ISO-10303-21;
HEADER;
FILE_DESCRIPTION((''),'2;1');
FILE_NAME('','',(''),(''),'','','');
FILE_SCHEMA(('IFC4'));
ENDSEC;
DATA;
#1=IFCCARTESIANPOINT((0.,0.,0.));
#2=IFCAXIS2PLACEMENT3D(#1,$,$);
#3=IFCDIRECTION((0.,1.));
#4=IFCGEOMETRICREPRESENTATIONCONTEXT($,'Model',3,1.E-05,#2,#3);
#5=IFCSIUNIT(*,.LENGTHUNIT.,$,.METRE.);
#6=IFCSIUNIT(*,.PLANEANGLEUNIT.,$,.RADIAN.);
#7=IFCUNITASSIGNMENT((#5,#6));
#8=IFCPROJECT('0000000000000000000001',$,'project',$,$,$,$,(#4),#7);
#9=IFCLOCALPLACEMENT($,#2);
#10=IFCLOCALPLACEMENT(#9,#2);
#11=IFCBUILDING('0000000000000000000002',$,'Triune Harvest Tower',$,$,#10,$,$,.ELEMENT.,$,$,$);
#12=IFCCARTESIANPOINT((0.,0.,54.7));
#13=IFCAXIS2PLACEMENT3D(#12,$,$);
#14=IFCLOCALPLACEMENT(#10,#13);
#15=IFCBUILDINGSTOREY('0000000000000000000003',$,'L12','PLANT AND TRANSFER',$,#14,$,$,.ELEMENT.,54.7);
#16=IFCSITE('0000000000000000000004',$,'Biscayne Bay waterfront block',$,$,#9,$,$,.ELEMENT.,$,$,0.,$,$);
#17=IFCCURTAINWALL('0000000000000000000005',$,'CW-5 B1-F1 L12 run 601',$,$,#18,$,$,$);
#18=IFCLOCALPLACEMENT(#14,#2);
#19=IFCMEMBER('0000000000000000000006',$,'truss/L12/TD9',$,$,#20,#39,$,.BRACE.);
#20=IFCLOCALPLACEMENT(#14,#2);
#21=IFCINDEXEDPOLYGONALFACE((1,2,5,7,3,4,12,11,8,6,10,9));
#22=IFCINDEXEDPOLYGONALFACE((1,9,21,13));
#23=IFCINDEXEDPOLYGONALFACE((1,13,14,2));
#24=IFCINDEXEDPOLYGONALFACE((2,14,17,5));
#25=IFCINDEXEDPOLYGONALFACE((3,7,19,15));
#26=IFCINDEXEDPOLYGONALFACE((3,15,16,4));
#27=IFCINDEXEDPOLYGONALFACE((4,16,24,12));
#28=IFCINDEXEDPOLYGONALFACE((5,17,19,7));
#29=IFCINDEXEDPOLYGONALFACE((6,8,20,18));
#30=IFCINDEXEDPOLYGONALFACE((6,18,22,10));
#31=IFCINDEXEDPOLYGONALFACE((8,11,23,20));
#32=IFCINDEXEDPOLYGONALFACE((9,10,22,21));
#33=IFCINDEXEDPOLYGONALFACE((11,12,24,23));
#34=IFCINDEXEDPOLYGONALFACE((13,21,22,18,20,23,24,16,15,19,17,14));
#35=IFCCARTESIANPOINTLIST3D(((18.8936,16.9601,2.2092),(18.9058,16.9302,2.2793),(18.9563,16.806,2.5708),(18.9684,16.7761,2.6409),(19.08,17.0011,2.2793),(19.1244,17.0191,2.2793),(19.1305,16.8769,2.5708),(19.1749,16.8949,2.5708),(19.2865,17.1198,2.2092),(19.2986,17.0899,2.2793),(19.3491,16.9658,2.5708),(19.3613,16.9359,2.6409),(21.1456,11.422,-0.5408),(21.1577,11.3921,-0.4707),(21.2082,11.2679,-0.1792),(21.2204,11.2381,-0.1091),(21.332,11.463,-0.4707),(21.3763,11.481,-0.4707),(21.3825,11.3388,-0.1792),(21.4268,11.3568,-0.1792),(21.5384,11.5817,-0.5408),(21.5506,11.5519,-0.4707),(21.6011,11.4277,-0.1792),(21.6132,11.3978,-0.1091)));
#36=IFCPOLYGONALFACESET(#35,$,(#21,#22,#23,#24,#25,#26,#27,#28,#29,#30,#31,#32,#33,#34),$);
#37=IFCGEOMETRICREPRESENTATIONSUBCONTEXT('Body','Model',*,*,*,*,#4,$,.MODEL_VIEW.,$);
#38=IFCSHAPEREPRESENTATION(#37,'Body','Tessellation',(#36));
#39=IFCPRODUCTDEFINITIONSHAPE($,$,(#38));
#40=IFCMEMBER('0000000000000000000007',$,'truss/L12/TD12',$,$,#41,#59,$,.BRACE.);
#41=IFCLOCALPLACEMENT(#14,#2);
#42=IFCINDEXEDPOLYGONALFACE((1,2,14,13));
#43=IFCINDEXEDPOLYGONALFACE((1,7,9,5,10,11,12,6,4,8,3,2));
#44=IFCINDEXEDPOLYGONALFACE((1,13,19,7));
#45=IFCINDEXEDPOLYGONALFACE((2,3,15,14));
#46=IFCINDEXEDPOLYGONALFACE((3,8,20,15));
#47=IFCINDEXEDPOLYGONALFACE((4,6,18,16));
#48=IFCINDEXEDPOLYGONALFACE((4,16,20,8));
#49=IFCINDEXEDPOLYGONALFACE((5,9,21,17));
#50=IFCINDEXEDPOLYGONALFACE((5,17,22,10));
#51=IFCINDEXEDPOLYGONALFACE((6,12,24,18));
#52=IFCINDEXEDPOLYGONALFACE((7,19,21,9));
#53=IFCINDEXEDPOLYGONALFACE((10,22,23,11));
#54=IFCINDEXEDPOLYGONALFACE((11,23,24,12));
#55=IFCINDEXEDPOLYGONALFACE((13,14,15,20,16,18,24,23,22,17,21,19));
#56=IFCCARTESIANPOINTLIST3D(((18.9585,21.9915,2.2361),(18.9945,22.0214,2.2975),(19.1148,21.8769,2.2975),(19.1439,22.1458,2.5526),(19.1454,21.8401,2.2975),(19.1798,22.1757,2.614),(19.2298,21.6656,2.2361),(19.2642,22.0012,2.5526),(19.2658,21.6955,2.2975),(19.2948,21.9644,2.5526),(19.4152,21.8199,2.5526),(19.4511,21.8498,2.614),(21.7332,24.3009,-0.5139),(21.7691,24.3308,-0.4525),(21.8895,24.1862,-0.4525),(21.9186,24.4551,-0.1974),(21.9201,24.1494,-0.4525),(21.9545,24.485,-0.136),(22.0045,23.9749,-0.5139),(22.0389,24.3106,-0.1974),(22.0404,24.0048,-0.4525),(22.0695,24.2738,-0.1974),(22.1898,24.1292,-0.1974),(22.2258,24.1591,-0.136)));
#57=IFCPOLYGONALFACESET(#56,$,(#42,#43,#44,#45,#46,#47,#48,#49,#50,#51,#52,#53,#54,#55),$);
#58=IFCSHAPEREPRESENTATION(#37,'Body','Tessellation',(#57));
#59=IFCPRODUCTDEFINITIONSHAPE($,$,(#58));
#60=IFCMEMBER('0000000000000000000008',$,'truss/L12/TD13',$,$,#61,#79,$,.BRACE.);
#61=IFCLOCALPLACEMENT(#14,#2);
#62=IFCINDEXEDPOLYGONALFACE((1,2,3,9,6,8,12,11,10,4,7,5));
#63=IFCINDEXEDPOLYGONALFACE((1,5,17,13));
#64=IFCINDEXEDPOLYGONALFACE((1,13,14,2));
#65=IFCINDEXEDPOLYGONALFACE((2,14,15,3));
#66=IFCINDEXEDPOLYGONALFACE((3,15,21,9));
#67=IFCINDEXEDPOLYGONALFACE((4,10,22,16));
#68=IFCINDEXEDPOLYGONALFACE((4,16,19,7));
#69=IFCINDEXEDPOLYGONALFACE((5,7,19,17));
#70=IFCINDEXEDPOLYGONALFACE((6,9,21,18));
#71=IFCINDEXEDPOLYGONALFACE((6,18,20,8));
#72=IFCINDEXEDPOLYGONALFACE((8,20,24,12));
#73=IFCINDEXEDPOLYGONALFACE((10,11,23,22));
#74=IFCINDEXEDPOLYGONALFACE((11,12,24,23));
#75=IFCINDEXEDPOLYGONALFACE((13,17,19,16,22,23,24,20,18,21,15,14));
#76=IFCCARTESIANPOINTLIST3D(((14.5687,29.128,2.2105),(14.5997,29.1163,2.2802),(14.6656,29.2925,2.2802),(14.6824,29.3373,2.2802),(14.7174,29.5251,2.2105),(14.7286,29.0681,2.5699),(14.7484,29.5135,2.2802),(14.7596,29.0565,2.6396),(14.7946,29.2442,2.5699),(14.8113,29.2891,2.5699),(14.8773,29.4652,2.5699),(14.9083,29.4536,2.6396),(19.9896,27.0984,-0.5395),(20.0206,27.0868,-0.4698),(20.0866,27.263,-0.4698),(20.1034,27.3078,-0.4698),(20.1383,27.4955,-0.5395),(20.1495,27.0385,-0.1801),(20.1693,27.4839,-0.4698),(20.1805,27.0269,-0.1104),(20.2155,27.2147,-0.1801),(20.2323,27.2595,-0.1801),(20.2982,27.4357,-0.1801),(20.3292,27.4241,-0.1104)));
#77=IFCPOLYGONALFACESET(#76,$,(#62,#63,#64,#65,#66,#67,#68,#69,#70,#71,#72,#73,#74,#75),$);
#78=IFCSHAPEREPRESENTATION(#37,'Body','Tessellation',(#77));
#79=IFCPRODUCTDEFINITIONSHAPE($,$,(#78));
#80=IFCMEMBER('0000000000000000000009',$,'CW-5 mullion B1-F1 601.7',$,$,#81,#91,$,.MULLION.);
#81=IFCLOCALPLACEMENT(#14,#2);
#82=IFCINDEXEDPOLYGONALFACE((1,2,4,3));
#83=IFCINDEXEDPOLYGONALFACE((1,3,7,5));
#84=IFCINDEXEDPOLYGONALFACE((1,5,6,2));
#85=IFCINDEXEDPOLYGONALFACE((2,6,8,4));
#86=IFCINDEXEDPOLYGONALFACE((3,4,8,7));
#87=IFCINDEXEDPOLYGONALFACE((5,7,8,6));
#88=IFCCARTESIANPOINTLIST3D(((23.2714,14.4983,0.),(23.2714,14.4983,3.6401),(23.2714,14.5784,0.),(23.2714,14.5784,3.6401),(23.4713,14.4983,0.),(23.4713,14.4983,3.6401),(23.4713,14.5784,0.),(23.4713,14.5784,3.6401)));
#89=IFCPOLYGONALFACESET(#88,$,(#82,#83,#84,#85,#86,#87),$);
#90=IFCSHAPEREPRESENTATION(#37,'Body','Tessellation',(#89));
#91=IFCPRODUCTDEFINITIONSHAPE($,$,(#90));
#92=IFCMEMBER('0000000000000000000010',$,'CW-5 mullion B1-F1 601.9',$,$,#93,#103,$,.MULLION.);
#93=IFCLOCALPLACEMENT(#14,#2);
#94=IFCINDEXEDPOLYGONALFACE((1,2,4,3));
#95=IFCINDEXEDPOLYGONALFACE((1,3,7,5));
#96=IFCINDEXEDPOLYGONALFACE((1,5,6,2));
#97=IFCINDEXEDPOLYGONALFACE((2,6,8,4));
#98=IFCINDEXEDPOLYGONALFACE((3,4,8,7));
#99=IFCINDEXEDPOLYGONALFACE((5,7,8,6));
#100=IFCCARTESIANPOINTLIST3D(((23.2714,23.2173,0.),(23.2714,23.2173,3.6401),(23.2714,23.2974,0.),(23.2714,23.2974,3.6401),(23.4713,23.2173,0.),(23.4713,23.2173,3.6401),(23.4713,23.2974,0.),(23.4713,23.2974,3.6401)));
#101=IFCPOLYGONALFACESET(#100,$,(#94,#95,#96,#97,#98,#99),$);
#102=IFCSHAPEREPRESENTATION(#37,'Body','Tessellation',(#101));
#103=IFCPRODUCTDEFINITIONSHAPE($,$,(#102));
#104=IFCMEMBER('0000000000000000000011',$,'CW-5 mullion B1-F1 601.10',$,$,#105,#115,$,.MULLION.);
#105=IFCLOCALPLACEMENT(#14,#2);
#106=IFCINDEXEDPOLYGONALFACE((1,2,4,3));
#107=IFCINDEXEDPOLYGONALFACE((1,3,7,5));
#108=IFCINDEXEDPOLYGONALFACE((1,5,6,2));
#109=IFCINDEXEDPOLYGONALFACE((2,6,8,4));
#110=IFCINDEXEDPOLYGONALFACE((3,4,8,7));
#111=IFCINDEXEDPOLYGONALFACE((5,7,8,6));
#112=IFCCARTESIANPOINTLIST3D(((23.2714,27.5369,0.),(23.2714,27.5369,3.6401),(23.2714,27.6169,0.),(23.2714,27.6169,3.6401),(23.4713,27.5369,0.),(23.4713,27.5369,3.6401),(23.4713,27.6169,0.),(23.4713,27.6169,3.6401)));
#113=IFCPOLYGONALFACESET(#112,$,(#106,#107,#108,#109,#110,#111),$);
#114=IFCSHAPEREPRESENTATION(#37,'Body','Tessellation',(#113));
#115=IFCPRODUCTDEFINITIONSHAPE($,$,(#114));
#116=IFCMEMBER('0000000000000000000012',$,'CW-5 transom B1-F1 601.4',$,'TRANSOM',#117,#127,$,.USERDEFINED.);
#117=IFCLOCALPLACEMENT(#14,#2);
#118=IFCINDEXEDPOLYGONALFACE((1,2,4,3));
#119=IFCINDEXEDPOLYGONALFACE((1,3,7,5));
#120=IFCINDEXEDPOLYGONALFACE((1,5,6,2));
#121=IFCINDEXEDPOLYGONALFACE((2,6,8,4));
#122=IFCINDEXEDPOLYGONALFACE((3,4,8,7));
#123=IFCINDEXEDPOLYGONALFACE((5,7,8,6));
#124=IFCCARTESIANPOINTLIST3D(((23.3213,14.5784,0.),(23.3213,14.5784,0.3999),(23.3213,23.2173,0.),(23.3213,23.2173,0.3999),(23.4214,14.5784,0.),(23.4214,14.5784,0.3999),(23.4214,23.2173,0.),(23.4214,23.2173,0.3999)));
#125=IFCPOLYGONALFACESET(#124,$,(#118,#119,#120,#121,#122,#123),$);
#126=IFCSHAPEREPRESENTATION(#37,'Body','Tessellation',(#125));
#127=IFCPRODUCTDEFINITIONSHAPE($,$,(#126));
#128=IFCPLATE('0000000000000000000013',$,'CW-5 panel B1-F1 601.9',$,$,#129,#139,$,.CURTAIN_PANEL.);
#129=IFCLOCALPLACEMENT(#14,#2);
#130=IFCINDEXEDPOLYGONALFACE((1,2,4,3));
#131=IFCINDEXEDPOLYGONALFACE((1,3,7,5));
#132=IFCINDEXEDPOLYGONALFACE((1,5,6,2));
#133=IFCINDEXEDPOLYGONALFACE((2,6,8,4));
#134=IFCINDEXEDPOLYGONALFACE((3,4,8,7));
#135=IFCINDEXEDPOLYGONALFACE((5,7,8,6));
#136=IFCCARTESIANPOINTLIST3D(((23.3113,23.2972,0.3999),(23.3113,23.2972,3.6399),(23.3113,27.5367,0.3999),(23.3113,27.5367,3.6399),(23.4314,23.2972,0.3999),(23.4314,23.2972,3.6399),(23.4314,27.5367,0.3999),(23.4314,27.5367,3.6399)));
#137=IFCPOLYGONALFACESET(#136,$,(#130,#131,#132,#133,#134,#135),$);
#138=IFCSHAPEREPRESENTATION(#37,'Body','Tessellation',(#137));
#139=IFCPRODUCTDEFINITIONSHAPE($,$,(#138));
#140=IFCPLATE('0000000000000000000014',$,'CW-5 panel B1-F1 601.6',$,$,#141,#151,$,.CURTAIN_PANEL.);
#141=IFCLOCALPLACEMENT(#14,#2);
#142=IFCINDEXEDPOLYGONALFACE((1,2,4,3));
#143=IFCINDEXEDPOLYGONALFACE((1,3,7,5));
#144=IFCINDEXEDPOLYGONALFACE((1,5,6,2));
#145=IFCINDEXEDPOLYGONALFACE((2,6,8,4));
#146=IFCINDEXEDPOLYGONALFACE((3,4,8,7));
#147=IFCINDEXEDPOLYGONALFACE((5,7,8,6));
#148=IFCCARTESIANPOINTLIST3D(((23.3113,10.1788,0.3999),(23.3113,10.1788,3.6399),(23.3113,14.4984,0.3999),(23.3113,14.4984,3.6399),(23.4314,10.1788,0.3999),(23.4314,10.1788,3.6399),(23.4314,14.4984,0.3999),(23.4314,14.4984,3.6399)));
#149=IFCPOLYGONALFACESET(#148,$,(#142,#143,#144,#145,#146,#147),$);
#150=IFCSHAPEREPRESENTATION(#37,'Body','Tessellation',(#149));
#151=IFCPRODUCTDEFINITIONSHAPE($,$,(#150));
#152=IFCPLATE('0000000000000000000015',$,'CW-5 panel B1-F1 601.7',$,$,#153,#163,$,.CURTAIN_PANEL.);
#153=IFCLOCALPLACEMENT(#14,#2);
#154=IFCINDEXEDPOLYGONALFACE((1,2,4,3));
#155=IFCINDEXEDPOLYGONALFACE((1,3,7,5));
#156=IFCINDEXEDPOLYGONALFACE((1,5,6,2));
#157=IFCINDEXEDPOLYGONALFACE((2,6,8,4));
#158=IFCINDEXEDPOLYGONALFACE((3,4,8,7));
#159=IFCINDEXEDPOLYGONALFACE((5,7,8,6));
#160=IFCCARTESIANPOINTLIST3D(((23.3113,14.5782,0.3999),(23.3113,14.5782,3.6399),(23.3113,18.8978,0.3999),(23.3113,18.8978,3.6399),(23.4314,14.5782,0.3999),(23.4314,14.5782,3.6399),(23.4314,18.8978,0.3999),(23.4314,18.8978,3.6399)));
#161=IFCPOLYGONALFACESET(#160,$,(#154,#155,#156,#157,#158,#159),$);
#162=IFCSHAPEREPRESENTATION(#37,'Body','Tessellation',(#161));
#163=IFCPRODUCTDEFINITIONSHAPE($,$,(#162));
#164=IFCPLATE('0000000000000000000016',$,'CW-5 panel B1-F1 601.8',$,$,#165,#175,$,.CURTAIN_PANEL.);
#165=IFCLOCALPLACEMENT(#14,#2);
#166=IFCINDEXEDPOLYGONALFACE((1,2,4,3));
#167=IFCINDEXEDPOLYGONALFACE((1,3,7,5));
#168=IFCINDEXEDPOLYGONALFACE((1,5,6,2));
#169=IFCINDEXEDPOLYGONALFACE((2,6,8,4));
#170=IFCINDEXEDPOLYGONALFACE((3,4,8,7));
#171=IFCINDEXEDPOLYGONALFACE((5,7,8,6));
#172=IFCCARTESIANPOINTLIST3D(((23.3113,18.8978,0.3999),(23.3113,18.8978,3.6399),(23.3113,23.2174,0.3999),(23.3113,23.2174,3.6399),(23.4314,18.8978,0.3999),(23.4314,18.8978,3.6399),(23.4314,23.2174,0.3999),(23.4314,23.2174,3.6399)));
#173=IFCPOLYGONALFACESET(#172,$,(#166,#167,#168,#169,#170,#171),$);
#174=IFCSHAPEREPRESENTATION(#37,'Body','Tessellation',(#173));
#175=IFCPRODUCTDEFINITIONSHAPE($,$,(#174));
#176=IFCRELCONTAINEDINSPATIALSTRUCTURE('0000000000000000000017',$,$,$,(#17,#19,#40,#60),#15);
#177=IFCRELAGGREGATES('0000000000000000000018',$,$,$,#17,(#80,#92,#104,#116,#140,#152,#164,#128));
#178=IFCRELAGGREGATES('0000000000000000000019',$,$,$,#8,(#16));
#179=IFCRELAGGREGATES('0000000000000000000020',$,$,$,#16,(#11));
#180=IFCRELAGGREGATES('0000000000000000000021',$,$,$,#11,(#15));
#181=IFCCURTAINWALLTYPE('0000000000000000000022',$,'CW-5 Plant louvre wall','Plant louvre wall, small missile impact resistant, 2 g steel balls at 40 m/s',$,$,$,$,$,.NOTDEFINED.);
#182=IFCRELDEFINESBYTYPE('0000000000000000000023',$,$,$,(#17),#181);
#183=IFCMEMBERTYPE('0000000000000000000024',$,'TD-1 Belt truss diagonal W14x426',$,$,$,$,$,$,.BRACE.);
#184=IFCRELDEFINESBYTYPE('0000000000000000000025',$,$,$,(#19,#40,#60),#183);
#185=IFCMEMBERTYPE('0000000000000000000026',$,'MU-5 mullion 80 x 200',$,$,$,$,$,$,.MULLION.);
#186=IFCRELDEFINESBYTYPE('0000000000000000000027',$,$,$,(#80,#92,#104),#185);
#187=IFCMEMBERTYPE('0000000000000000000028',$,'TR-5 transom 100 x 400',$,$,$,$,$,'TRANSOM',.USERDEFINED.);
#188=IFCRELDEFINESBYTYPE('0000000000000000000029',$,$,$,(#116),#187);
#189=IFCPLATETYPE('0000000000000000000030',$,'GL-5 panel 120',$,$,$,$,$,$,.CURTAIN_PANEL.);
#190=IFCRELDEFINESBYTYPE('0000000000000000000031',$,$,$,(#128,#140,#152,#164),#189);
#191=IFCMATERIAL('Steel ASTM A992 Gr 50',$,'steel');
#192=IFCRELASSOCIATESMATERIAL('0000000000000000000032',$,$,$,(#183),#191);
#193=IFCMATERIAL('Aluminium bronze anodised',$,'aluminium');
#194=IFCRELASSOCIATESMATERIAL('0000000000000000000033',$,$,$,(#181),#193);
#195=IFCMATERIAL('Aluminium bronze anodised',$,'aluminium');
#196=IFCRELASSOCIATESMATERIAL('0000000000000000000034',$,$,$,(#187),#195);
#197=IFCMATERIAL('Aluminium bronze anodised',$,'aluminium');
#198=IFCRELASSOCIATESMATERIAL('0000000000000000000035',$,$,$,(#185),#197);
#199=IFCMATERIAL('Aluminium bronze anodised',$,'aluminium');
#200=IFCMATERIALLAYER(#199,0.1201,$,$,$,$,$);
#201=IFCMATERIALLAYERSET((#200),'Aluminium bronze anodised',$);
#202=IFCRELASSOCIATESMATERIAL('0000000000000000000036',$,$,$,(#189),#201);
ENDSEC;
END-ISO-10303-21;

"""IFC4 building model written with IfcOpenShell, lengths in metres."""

from ifc_helpers import new_model, si_unit, direction, frame, origin, origin_2d, place, context, subcontext, project, spatial, rectangle, i_section, extrude, source, transform, mapped, material, layer, layer_set, material_profile, profile_set, type_object, element, aggregate, save


model = new_model("IFC4")

# Units and contexts
model_context = context("Model", 3, precision=1e-05, world=origin(), true_north=direction((0.0, 1.0)))
body_context = subcontext(model_context, "Body", "Model", "MODEL_VIEW")
ifc_project = project(units=[si_unit("LENGTHUNIT", "METRE"), si_unit("PLANEANGLEUNIT", "RADIAN")], contexts=[model_context])

# Site, building, storey
site_placement = place(None, origin())
site = spatial("IfcSite", under=ifc_project, at=site_placement, Name="Biscayne Bay waterfront block", CompositionType="ELEMENT", RefElevation=0.0)
building_placement = place(site_placement, origin())
building = spatial("IfcBuilding", under=site, at=building_placement, Name="Triune Harvest Tower", CompositionType="ELEMENT")
storey_placement = place(building_placement, frame((0.0, 0.0, 54.7)))
storey = spatial("IfcBuildingStorey", under=building, at=storey_placement, Name="L12", Description="PLANT AND TRANSFER", CompositionType="ELEMENT", Elevation=54.7)

# Shared definitions
ifc_material_1 = material(Name="Steel ASTM A992 Gr 50", Category="steel")
ifc_material_profile_1 = material_profile(ifc_material_1, i_section(OverallWidth=0.4241, OverallDepth=0.4751, WebThickness=0.0479, FlangeThickness=0.0771, at=origin_2d()), Name="W14x426")
ifc_profile_set_1 = profile_set([ifc_material_profile_1], Name="Steel ASTM A992 Gr 50")
member_type_1 = type_object("IfcMemberType", Name="TD-1 Belt truss diagonal W14x426", PredefinedType="BRACE", material=ifc_profile_set_1)

# Curtain wall
ifc_material_2 = material(Name="Aluminium bronze anodised", Category="aluminium")
curtain_wall_type = type_object("IfcCurtainWallType", Name="CW-5 Plant louvre wall", Description="Plant louvre wall, small missile impact resistant, 2 g steel balls at 40 m/s", PredefinedType="NOTDEFINED", material=ifc_material_2)
curtain_wall_placement = place(storey_placement, origin())
curtain_wall = element("IfcCurtainWall", 1, at=curtain_wall_placement, inside=storey, type_object=curtain_wall_type, Name="CW-5 B1-F1 L12 run 601")
ifc_material_3 = material(Name="Aluminium bronze anodised", Category="aluminium")
ifc_material_profile_2 = material_profile(ifc_material_3, rectangle(XDim=0.1001, YDim=0.3999, at=origin_2d()), Name="TR-5 transom 100 x 400")
ifc_profile_set_2 = profile_set([ifc_material_profile_2], Name="Aluminium bronze anodised")
member_type_2 = type_object("IfcMemberType", Name="TR-5 transom 100 x 400", ElementType="TRANSOM", PredefinedType="USERDEFINED", material=ifc_profile_set_2)

# Members
shared_shape_1 = source(origin(), body_context, "Body", "SweptSolid", [
    extrude(i_section(OverallWidth=0.4241, OverallDepth=0.4751, WebThickness=0.0479, FlangeThickness=0.0771, at=origin_2d()), origin(), (0.0, 0.0, 1.0), 6.5806),
])
member_1_placement = place(storey_placement, frame((21.3794, 11.4099, -0.325), z_axis=(-0.342211, 0.841579, 0.417896), x_axis=(-0.926344, -0.376679, 0.0)))
element("IfcMember", 2, at=member_1_placement, inside=storey, type_object=member_type_1, Name="truss/L12/TD9", PredefinedType="BRACE", context=body_context, shape_type="MappedRepresentation", body=[
    mapped(shared_shape_1, transform((0.0, 0.0, 0.0), scale=1.0)),
])
shared_shape_2 = source(origin(), body_context, "Body", "SweptSolid", [
    extrude(i_section(OverallWidth=0.4241, OverallDepth=0.4751, WebThickness=0.0479, FlangeThickness=0.0771, at=origin_2d()), origin(), (0.0, 0.0, 1.0), 4.5381),
])
member_2_placement = place(storey_placement, frame((21.9795, 24.23, -0.325), z_axis=(-0.611416, -0.508877, 0.605982), x_axis=(0.639712, -0.768615, 0.0)))
element("IfcMember", 3, at=member_2_placement, inside=storey, type_object=member_type_1, Name="truss/L12/TD12", PredefinedType="BRACE", context=body_context, shape_type="MappedRepresentation", body=[
    mapped(shared_shape_2, transform((0.0, 0.0, 0.0), scale=1.0)),
])
shared_shape_3 = source(origin(), body_context, "Body", "SweptSolid", [
    extrude(i_section(OverallWidth=0.4241, OverallDepth=0.4751, WebThickness=0.0479, FlangeThickness=0.0771, at=origin_2d()), origin(), (0.0, 0.0, 1.0), 6.4084),
])
member_3_placement = place(storey_placement, frame((20.1594, 27.2612, -0.325), z_axis=(-0.845904, 0.3167, 0.429124), x_axis=(-0.350624, -0.936516, 0.0)))
element("IfcMember", 4, at=member_3_placement, inside=storey, type_object=member_type_1, Name="truss/L12/TD13", PredefinedType="BRACE", context=body_context, shape_type="MappedRepresentation", body=[
    mapped(shared_shape_3, transform((0.0, 0.0, 0.0), scale=1.0)),
])

# Members
ifc_material_4 = material(Name="Aluminium bronze anodised", Category="aluminium")
ifc_material_profile_3 = material_profile(ifc_material_4, rectangle(XDim=0.2, YDim=0.0801, at=origin_2d()), Name="MU-5 mullion 80 x 200")
ifc_profile_set_3 = profile_set([ifc_material_profile_3], Name="Aluminium bronze anodised")
member_type_3 = type_object("IfcMemberType", Name="MU-5 mullion 80 x 200", PredefinedType="MULLION", material=ifc_profile_set_3)
shared_shape_4 = source(origin(), body_context, "Body", "SweptSolid", [
    extrude(rectangle(XDim=0.2, YDim=0.0801, at=origin_2d()), origin(), (0.0, 0.0, 1.0), 3.6401),
])
member_4_placement = place(storey_placement, frame((23.3713, 14.5383, 0.0), z_axis=(0.0, 0.0, 1.0), x_axis=(-1.0, 0.0, 0.0)))
member_4 = element("IfcMember", 5, at=member_4_placement, type_object=member_type_3, Name="CW-5 mullion B1-F1 601.7", PredefinedType="MULLION", context=body_context, shape_type="MappedRepresentation", body=[
    mapped(shared_shape_4, transform((0.0, 0.0, 0.0), scale=1.0)),
])
member_5_placement = place(storey_placement, frame((23.3713, 23.2573, 0.0), z_axis=(0.0, 0.0, 1.0), x_axis=(-1.0, 0.0, 0.0)))
member_5 = element("IfcMember", 6, at=member_5_placement, type_object=member_type_3, Name="CW-5 mullion B1-F1 601.9", PredefinedType="MULLION", context=body_context, shape_type="MappedRepresentation", body=[
    mapped(shared_shape_4, transform((0.0, 0.0, 0.0), scale=1.0)),
])
member_6_placement = place(storey_placement, frame((23.3713, 27.5769, 0.0), z_axis=(0.0, 0.0, 1.0), x_axis=(-1.0, 0.0, 0.0)))
member_6 = element("IfcMember", 7, at=member_6_placement, type_object=member_type_3, Name="CW-5 mullion B1-F1 601.10", PredefinedType="MULLION", context=body_context, shape_type="MappedRepresentation", body=[
    mapped(shared_shape_4, transform((0.0, 0.0, 0.0), scale=1.0)),
])
shared_shape_5 = source(origin(), body_context, "Body", "SweptSolid", [
    extrude(rectangle(XDim=0.1001, YDim=0.3999, at=origin_2d()), origin(), (0.0, 0.0, 1.0), 8.6389),
])
member_7_placement = place(storey_placement, frame((23.3713, 14.5784, 0.2), z_axis=(0.0, 1.0, 0.0), x_axis=(-1.0, 0.0, 0.0)))
member_7 = element("IfcMember", 8, at=member_7_placement, type_object=member_type_2, Name="CW-5 transom B1-F1 601.4", ObjectType="TRANSOM", PredefinedType="USERDEFINED", context=body_context, shape_type="MappedRepresentation", body=[
    mapped(shared_shape_5, transform((0.0, 0.0, 0.0), scale=1.0)),
])

# Plates
ifc_material_5 = material(Name="Aluminium bronze anodised", Category="aluminium")
ifc_layer_1 = layer(ifc_material_5, 0.1201)
ifc_layer_set_1 = layer_set([ifc_layer_1], Name="Aluminium bronze anodised")
plate_type = type_object("IfcPlateType", Name="GL-5 panel 120", PredefinedType="CURTAIN_PANEL", material=ifc_layer_set_1)
plate_1_placement = place(storey_placement, frame((23.3713, 25.417, 0.3999), z_axis=(0.0, 0.0, 1.0), x_axis=(0.0, 1.0, 0.0)))
plate_1 = element("IfcPlate", 9, at=plate_1_placement, type_object=plate_type, Name="CW-5 panel B1-F1 601.9", PredefinedType="CURTAIN_PANEL", context=body_context, shape_type="SweptSolid", body=[
    extrude(rectangle(XDim=4.2395, YDim=0.1201, at=origin_2d()), origin(), (0.0, 0.0, 1.0), 3.24),
])
shared_shape_6 = source(origin(), body_context, "Body", "SweptSolid", [
    extrude(rectangle(XDim=4.3196, YDim=0.1201, at=origin_2d()), origin(), (0.0, 0.0, 1.0), 3.24),
])
plate_2_placement = place(storey_placement, frame((23.3713, 12.3386, 0.3999), z_axis=(0.0, 0.0, 1.0), x_axis=(0.0, 1.0, 0.0)))
plate_2 = element("IfcPlate", 10, at=plate_2_placement, type_object=plate_type, Name="CW-5 panel B1-F1 601.6", PredefinedType="CURTAIN_PANEL", context=body_context, shape_type="MappedRepresentation", body=[
    mapped(shared_shape_6, transform((0.0, 0.0, 0.0), scale=1.0)),
])
plate_3_placement = place(storey_placement, frame((23.3713, 16.738, 0.3999), z_axis=(0.0, 0.0, 1.0), x_axis=(0.0, 1.0, 0.0)))
plate_3 = element("IfcPlate", 11, at=plate_3_placement, type_object=plate_type, Name="CW-5 panel B1-F1 601.7", PredefinedType="CURTAIN_PANEL", context=body_context, shape_type="MappedRepresentation", body=[
    mapped(shared_shape_6, transform((0.0, 0.0, 0.0), scale=1.0)),
])
plate_4_placement = place(storey_placement, frame((23.3713, 21.0576, 0.3999), z_axis=(0.0, 0.0, 1.0), x_axis=(0.0, 1.0, 0.0)))
plate_4 = element("IfcPlate", 12, at=plate_4_placement, type_object=plate_type, Name="CW-5 panel B1-F1 601.8", PredefinedType="CURTAIN_PANEL", context=body_context, shape_type="MappedRepresentation", body=[
    mapped(shared_shape_6, transform((0.0, 0.0, 0.0), scale=1.0)),
])
aggregate(curtain_wall, [member_4, member_5, member_6, member_7, plate_2, plate_3, plate_4, plate_1])

save(model, "model.ifc")
